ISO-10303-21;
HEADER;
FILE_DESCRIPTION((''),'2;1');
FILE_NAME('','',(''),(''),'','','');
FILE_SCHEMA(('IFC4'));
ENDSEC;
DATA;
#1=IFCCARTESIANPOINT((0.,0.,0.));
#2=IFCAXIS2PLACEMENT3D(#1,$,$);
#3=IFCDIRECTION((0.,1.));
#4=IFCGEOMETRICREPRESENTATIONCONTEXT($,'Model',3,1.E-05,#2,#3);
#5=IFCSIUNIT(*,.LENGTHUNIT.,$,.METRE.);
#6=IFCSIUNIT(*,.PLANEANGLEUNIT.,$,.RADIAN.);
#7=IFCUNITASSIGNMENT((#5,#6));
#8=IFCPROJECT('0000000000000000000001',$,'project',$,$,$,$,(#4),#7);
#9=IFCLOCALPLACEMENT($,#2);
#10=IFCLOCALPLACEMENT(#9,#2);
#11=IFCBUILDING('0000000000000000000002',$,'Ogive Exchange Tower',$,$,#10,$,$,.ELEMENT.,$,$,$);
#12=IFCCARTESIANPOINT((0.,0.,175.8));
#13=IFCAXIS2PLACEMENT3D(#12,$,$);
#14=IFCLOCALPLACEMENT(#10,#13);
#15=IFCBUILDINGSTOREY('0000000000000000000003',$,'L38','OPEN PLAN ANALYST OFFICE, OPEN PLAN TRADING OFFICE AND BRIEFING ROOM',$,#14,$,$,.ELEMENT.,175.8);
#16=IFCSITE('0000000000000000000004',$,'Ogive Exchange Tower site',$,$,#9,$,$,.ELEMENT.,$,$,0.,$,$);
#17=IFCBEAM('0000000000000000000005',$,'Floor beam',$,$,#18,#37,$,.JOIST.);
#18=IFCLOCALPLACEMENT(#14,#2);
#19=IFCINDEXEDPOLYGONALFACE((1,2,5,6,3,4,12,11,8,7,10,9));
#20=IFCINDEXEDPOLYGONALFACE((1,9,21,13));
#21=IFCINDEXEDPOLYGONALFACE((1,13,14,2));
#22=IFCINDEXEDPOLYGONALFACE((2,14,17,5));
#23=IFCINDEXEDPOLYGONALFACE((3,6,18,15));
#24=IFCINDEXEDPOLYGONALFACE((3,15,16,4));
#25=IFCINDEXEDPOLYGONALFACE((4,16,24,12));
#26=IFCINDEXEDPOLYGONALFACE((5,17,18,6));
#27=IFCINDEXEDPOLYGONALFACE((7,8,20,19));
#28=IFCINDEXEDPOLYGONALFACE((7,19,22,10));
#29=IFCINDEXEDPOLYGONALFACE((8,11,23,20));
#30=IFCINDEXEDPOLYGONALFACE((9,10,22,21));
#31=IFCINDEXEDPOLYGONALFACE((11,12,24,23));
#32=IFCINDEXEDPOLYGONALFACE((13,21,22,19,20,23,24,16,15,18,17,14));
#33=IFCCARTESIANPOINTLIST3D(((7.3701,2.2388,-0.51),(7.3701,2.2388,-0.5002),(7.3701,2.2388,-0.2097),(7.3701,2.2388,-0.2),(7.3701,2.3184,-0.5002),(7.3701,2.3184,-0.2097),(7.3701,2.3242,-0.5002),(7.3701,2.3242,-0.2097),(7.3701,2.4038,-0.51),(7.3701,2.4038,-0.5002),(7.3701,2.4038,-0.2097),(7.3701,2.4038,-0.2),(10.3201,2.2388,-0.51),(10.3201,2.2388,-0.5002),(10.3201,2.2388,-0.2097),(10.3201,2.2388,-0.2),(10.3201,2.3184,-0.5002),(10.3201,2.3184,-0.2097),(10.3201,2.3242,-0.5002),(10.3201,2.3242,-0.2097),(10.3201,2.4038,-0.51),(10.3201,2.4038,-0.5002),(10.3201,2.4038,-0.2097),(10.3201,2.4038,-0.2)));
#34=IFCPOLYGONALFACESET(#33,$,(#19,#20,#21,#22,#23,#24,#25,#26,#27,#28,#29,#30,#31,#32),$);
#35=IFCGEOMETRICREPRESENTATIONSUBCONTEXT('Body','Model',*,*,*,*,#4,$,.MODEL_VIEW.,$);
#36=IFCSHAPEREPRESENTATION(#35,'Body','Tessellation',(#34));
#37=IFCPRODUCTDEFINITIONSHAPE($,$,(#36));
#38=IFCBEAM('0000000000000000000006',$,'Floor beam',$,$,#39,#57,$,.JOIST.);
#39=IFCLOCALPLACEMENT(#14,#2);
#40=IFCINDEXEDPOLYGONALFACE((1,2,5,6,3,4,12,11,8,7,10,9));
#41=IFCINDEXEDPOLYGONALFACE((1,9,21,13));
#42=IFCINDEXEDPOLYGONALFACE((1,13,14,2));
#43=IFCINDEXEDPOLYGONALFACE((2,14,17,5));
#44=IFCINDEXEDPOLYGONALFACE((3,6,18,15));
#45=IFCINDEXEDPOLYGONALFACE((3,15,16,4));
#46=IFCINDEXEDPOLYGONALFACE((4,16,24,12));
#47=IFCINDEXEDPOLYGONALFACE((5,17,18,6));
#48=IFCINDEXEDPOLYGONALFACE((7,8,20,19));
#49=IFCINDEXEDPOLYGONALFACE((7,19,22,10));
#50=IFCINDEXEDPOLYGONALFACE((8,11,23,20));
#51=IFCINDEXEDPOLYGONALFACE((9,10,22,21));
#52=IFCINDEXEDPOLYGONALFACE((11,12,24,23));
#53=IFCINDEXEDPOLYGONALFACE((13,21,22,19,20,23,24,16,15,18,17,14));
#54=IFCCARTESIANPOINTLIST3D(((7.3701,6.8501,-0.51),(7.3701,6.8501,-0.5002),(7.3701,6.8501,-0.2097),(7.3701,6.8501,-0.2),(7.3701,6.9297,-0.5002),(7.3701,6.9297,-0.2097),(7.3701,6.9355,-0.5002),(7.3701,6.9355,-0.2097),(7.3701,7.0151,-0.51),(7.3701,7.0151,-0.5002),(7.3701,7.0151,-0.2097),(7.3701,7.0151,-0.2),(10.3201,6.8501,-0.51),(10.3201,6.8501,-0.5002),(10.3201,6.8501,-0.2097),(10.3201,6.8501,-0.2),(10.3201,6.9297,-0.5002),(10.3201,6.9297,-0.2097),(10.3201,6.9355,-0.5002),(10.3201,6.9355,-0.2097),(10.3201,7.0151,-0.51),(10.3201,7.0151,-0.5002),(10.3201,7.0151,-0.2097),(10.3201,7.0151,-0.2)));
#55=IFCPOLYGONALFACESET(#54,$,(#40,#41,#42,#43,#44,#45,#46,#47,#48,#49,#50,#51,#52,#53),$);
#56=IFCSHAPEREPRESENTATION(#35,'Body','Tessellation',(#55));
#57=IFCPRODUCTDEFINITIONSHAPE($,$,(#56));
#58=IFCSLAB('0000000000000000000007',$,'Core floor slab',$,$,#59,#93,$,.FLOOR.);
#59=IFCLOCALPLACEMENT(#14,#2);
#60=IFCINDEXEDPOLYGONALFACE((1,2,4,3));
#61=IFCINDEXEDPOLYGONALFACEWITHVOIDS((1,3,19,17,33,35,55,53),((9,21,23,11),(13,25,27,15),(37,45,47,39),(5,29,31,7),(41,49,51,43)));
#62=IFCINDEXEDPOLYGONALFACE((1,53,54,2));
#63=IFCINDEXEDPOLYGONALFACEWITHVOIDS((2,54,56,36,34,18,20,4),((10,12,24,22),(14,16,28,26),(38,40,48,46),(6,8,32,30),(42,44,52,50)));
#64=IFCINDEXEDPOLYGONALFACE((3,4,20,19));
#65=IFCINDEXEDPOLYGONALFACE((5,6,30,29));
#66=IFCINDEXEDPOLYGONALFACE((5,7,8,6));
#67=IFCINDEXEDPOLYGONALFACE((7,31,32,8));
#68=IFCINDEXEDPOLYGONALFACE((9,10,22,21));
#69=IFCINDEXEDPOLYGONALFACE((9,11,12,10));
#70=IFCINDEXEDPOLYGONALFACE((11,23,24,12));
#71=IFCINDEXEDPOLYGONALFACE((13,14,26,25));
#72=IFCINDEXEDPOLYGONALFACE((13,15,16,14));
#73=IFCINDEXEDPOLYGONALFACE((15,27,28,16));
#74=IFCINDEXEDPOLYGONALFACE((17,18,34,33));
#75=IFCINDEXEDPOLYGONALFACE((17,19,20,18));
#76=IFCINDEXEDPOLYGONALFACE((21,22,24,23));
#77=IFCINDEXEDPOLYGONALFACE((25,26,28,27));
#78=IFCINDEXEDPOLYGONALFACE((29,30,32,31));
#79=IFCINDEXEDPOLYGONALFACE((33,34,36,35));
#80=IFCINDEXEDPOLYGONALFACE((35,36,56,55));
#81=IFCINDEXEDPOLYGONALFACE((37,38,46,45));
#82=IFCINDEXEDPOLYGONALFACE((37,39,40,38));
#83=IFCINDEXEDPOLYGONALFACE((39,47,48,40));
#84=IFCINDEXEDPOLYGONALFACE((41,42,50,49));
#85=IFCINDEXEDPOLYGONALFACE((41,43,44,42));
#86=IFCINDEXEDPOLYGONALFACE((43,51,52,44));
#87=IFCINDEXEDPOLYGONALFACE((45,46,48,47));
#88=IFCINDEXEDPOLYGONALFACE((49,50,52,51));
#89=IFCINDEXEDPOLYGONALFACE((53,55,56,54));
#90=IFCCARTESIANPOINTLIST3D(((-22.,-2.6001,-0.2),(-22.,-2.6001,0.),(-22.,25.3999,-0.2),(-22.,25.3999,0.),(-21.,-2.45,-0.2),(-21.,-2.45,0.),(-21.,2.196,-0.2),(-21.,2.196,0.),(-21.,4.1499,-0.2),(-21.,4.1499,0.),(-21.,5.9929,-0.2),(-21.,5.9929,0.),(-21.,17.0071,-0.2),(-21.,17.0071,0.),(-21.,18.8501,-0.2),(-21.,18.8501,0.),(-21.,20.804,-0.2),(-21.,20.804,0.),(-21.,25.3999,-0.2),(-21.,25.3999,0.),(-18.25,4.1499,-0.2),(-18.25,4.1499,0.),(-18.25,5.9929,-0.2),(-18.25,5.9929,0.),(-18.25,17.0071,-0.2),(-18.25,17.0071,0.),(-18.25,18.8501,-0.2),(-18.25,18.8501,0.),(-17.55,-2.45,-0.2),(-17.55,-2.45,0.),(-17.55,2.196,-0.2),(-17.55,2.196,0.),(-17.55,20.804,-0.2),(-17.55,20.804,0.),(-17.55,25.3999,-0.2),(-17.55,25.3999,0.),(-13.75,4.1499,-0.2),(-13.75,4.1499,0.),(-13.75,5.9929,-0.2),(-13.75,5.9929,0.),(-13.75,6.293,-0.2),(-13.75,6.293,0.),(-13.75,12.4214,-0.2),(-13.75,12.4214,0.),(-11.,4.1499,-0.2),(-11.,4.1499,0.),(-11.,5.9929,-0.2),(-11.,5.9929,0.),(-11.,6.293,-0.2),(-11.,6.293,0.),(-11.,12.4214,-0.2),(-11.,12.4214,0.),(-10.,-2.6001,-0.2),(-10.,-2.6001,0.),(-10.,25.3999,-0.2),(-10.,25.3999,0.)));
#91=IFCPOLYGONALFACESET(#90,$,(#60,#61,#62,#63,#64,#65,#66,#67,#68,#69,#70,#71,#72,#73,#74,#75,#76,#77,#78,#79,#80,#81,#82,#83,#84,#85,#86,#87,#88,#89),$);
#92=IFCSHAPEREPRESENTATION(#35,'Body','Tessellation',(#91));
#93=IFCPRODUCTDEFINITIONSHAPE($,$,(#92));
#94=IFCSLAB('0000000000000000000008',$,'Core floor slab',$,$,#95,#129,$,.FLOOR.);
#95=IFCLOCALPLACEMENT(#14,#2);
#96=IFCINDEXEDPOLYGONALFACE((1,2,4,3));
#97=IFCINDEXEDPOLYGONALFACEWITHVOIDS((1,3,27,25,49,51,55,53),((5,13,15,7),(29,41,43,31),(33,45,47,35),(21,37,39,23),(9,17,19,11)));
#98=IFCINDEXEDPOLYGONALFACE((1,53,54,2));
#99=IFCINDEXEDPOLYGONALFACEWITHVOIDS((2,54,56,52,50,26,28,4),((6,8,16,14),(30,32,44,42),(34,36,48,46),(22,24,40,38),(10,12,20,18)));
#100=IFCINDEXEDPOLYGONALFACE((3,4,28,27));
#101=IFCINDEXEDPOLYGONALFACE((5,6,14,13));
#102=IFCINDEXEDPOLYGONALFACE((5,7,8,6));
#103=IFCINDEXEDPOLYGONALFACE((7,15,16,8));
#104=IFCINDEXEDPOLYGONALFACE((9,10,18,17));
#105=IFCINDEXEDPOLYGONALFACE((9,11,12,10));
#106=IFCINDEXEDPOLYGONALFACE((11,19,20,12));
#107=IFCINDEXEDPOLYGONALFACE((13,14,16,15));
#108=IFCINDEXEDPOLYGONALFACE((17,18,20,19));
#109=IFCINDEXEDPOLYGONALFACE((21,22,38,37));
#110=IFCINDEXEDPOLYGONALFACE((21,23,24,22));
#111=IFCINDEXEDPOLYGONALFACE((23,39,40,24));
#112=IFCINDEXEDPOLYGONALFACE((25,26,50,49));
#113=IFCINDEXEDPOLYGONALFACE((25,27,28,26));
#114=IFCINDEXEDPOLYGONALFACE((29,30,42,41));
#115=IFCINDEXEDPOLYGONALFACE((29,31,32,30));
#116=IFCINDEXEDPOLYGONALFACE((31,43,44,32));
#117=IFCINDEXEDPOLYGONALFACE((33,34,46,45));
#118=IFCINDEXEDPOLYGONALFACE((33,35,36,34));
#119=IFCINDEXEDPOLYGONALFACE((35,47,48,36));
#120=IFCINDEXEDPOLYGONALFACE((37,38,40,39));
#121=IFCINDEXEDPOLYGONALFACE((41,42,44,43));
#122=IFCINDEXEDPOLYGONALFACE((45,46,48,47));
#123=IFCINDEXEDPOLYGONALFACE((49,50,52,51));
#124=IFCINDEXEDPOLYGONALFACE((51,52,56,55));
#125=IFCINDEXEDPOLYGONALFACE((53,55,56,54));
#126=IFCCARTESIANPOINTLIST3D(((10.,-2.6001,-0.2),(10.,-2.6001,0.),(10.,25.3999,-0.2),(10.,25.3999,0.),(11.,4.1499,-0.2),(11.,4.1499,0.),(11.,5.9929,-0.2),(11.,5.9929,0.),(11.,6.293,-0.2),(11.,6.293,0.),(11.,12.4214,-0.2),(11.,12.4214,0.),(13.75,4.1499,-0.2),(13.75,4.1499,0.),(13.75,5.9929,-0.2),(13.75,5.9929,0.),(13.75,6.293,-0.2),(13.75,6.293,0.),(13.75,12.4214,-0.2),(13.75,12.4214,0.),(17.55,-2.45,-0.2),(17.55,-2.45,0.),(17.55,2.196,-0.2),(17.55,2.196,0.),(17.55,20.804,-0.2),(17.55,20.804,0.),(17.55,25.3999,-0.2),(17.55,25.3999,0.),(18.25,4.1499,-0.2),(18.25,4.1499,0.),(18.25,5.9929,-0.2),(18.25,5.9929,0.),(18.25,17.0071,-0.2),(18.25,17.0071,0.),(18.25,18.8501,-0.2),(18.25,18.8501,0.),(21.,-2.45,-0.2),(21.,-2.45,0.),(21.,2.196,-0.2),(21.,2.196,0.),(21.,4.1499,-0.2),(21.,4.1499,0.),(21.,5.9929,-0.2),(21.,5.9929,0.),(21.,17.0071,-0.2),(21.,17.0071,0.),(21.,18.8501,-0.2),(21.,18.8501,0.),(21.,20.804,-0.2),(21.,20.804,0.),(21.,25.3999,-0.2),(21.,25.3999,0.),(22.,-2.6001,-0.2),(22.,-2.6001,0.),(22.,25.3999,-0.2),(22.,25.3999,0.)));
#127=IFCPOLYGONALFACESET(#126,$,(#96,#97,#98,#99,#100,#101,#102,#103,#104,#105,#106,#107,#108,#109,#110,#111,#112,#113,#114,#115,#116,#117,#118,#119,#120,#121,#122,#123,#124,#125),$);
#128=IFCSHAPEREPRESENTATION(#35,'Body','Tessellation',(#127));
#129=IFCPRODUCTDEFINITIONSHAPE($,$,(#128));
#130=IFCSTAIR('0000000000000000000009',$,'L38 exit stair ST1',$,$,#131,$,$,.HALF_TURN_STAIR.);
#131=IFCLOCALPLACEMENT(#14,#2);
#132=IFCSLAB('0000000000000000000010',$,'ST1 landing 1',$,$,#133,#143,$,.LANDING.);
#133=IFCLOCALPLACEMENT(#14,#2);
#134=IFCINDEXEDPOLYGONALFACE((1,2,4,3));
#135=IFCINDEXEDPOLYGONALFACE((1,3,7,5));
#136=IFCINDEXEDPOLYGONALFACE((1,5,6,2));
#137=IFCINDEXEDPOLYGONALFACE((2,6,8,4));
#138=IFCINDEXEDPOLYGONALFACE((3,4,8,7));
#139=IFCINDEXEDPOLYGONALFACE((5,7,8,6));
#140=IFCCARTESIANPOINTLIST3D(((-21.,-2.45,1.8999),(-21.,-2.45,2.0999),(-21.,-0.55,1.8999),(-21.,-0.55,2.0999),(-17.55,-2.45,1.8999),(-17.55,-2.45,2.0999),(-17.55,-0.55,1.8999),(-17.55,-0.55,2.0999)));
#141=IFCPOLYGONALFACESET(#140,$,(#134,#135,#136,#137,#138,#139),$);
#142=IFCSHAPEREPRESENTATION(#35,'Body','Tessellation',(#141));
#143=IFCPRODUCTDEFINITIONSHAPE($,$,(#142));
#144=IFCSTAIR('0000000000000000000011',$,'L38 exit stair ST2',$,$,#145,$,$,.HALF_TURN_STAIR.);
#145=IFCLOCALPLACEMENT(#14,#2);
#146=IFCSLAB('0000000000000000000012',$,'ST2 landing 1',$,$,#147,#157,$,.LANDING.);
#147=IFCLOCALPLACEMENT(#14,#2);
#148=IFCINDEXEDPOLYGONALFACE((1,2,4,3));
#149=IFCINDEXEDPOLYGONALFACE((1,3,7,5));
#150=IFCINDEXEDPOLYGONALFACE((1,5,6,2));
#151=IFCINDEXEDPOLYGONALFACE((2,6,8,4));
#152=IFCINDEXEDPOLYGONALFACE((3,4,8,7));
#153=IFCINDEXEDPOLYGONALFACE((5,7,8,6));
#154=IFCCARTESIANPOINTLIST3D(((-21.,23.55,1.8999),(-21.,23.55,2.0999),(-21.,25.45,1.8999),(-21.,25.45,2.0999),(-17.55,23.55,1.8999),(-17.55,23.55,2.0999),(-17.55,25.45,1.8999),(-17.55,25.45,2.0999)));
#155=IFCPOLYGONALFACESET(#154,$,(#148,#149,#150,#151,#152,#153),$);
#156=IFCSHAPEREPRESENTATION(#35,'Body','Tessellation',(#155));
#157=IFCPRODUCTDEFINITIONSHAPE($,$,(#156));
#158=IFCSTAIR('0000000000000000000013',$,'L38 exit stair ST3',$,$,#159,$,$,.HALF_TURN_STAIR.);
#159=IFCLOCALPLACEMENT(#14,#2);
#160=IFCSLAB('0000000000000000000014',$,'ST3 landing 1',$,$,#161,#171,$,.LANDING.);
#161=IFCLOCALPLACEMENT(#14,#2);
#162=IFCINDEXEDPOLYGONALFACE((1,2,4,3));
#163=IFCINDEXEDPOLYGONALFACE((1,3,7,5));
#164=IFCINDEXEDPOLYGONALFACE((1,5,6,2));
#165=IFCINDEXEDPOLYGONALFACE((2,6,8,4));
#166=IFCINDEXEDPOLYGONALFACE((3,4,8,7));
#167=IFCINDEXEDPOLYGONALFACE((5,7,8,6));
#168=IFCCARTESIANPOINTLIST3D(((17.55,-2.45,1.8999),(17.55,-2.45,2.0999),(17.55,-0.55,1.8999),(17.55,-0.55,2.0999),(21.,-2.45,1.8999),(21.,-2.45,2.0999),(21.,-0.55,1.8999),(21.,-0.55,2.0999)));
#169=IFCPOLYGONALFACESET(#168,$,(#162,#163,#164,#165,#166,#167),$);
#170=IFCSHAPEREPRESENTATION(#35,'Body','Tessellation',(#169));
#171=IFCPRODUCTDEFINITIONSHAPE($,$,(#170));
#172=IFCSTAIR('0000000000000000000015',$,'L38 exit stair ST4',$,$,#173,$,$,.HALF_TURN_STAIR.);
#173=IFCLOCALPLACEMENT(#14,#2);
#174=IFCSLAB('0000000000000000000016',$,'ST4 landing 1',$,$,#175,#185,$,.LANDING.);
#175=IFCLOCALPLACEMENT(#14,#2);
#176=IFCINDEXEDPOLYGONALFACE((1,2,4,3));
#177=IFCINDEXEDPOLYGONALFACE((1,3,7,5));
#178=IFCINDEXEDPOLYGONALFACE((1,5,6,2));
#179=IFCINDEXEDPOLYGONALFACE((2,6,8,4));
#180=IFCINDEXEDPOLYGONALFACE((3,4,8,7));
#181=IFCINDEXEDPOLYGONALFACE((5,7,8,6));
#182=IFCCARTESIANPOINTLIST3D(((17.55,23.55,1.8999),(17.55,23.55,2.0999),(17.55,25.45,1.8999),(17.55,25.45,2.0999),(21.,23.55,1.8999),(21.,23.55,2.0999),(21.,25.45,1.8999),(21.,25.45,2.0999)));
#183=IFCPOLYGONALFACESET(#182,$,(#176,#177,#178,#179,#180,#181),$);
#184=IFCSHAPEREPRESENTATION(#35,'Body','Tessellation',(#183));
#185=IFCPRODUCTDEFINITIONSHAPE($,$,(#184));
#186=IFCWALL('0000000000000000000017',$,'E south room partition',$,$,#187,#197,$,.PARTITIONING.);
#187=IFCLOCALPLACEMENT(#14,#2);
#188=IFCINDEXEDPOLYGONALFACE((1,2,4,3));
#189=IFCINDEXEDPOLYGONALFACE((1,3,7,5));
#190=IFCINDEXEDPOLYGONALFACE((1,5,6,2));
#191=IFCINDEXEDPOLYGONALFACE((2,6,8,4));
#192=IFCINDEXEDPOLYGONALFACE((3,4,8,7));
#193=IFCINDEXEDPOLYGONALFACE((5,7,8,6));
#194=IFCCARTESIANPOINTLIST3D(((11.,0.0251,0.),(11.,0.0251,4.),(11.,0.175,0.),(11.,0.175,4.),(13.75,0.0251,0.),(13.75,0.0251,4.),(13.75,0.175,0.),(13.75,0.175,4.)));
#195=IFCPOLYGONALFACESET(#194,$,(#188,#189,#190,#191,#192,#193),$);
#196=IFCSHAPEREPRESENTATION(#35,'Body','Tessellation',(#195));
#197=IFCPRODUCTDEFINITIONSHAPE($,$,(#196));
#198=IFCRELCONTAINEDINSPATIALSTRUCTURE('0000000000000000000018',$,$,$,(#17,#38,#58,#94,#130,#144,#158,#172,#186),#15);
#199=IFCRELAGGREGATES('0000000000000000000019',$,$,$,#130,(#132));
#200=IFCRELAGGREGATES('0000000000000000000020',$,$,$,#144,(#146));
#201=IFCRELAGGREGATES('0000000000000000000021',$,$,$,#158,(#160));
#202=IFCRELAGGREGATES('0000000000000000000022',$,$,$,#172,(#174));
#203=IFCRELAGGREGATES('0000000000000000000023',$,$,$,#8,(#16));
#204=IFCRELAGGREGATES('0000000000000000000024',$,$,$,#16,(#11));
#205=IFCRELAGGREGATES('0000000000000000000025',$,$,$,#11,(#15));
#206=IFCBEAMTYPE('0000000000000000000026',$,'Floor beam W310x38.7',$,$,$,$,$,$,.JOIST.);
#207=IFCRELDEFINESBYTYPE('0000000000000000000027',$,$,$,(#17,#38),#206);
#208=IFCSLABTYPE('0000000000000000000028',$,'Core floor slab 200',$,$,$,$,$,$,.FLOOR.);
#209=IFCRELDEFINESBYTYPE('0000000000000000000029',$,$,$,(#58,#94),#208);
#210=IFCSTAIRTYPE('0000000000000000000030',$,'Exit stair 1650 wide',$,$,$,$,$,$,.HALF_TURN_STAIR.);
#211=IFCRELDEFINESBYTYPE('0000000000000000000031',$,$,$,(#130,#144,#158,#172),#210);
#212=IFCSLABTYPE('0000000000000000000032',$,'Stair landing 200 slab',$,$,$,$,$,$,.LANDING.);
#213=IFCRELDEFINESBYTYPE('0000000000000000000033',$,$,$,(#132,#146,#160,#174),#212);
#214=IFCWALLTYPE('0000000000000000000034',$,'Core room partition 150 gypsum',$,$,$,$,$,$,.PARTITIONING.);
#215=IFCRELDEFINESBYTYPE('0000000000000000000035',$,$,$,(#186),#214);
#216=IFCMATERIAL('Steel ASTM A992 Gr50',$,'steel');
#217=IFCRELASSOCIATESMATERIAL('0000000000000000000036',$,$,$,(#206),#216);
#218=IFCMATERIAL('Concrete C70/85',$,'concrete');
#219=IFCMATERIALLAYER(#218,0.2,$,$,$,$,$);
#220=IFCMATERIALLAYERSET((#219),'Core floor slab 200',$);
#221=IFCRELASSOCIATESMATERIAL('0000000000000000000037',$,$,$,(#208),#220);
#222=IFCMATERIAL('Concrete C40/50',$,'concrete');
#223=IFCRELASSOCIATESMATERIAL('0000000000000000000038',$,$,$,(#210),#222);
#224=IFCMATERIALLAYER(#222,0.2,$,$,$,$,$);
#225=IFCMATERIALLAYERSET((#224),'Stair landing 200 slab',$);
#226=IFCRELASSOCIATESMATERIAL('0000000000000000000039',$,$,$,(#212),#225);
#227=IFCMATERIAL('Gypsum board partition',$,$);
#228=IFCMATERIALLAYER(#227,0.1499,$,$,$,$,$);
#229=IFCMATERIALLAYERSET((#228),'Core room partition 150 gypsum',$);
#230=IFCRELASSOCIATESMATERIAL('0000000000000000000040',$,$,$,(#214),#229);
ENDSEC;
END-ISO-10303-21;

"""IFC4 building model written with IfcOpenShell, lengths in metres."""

from ifc_helpers import new_model, si_unit, direction, frame, frame_2d, origin, origin_2d, place, context, subcontext, project, spatial, polyline, rectangle, i_section, outline, extrude, material, layer, layer_set, material_profile, profile_set, type_object, element, aggregate, save


model = new_model("IFC4")

# Units and contexts
model_context = context("Model", 3, precision=1e-05, world=origin(), true_north=direction((0.0, 1.0)))
body_context = subcontext(model_context, "Body", "Model", "MODEL_VIEW")
ifc_project = project(units=[si_unit("LENGTHUNIT", "METRE"), si_unit("PLANEANGLEUNIT", "RADIAN")], contexts=[model_context])

# Site, building, storey
site_placement = place(None, origin())
site = spatial("IfcSite", under=ifc_project, at=site_placement, Name="Ogive Exchange Tower site", CompositionType="ELEMENT", RefElevation=0.0)
building_placement = place(site_placement, origin())
building = spatial("IfcBuilding", under=site, at=building_placement, Name="Ogive Exchange Tower", CompositionType="ELEMENT")
storey_placement = place(building_placement, frame((0.0, 0.0, 175.8)))
storey = spatial("IfcBuildingStorey", under=building, at=storey_placement, Name="L38", Description="OPEN PLAN ANALYST OFFICE, OPEN PLAN TRADING OFFICE AND BRIEFING ROOM", CompositionType="ELEMENT", Elevation=175.8)

# Beams
ifc_material_1 = material(Name="Steel ASTM A992 Gr50", Category="steel")
ifc_material_profile = material_profile(ifc_material_1, i_section(OverallWidth=0.165, OverallDepth=0.3101, WebThickness=0.0059, FlangeThickness=0.0098, at=origin_2d()), Name="W310x38.7")
ifc_profile_set = profile_set([ifc_material_profile], Name="Steel ASTM A992 Gr50")
beam_type = type_object("IfcBeamType", Name="Floor beam W310x38.7", PredefinedType="JOIST", material=ifc_profile_set)
for number, where, z_axis, x_axis, name in (
    (1, (7.3701, 2.3213, -0.355), (1.0, 0.0, 0.0), (0.0, 1.0, 0.0), "Floor beam"),
    (2, (7.3701, 6.9326, -0.355), (1.0, 0.0, 0.0), (0.0, 1.0, 0.0), "Floor beam"),
):
    element("IfcBeam", number, at=place(storey_placement, frame(where, z_axis=z_axis, x_axis=x_axis)), inside=storey, type_object=beam_type, Name=name, PredefinedType="JOIST", context=body_context, shape_type="SweptSolid", body=[
        extrude(i_section(OverallWidth=0.165, OverallDepth=0.3101, WebThickness=0.0059, FlangeThickness=0.0098, at=origin_2d()), origin(), (0.0, 0.0, 1.0), 2.95),
    ])

# Slabs
ifc_material_2 = material(Name="Concrete C70/85", Category="concrete")
ifc_layer_1 = layer(ifc_material_2, 0.2)
ifc_layer_set_1 = layer_set([ifc_layer_1], Name="Core floor slab 200")
slab_type_1 = type_object("IfcSlabType", Name="Core floor slab 200", PredefinedType="FLOOR", material=ifc_layer_set_1)
slab_1_placement = place(storey_placement, frame((0.0, 0.0, -0.2)))
element("IfcSlab", 3, at=slab_1_placement, inside=storey, type_object=slab_type_1, Name="Core floor slab", PredefinedType="FLOOR", context=body_context, shape_type="SweptSolid", body=[
    extrude(outline(polyline([(-10.0, 25.3999), (-10.0, -2.6001), (-22.0, -2.6001), (-22.0, 25.3999), (-21.0, 25.3999), (-21.0, 20.804), (-17.55, 20.804), (-17.55, 25.3999), (-10.0, 25.3999)]), holes=[polyline([(-17.55, 2.196), (-21.0, 2.196), (-21.0, -2.45), (-17.55, -2.45), (-17.55, 2.196)]), polyline([(-18.25, 5.9929), (-21.0, 5.9929), (-21.0, 4.1499), (-18.25, 4.1499), (-18.25, 5.9929)]), polyline([(-11.0, 5.9929), (-13.75, 5.9929), (-13.75, 4.1499), (-11.0, 4.1499), (-11.0, 5.9929)]), polyline([(-13.75, 12.4214), (-13.75, 6.293), (-11.0, 6.293), (-11.0, 12.4214), (-13.75, 12.4214)]), polyline([(-18.25, 18.8501), (-21.0, 18.8501), (-21.0, 17.0071), (-18.25, 17.0071), (-18.25, 18.8501)])]), origin(), (0.0, 0.0, 1.0), 0.2),
])
slab_2_placement = place(storey_placement, frame((0.0, 0.0, -0.2)))
element("IfcSlab", 4, at=slab_2_placement, inside=storey, type_object=slab_type_1, Name="Core floor slab", PredefinedType="FLOOR", context=body_context, shape_type="SweptSolid", body=[
    extrude(outline(polyline([(22.0, 25.3999), (22.0, -2.6001), (10.0, -2.6001), (10.0, 25.3999), (17.55, 25.3999), (17.55, 20.804), (21.0, 20.804), (21.0, 25.3999), (22.0, 25.3999)]), holes=[polyline([(21.0, 2.196), (17.55, 2.196), (17.55, -2.45), (21.0, -2.45), (21.0, 2.196)]), polyline([(13.75, 5.9929), (11.0, 5.9929), (11.0, 4.1499), (13.75, 4.1499), (13.75, 5.9929)]), polyline([(21.0, 5.9929), (18.25, 5.9929), (18.25, 4.1499), (21.0, 4.1499), (21.0, 5.9929)]), polyline([(11.0, 12.4214), (11.0, 6.293), (13.75, 6.293), (13.75, 12.4214), (11.0, 12.4214)]), polyline([(21.0, 18.8501), (18.25, 18.8501), (18.25, 17.0071), (21.0, 17.0071), (21.0, 18.8501)])]), origin(), (0.0, 0.0, 1.0), 0.2),
])

# Stairs, slabs
ifc_material_3 = material(Name="Concrete C40/50", Category="concrete")
stair_type = type_object("IfcStairType", Name="Exit stair 1650 wide", PredefinedType="HALF_TURN_STAIR", material=ifc_material_3)
stair_1_placement = place(storey_placement, origin())
stair_1 = element("IfcStair", 5, at=stair_1_placement, inside=storey, type_object=stair_type, Name="L38 exit stair ST1", PredefinedType="HALF_TURN_STAIR")
ifc_layer_2 = layer(ifc_material_3, 0.2)
ifc_layer_set_2 = layer_set([ifc_layer_2], Name="Stair landing 200 slab")
slab_type_2 = type_object("IfcSlabType", Name="Stair landing 200 slab", PredefinedType="LANDING", material=ifc_layer_set_2)
slab_3_placement = place(storey_placement, frame((0.0, 0.0, 1.8999)))
slab_3 = element("IfcSlab", 6, at=slab_3_placement, type_object=slab_type_2, Name="ST1 landing 1", PredefinedType="LANDING", context=body_context, shape_type="SweptSolid", body=[
    extrude(outline(polyline([(-21.0, -0.55), (-21.0, -2.45), (-17.55, -2.45), (-17.55, -0.55), (-21.0, -0.55)])), origin(), (0.0, 0.0, 1.0), 0.2),
])
aggregate(stair_1, [slab_3])
stair_2_placement = place(storey_placement, origin())
stair_2 = element("IfcStair", 7, at=stair_2_placement, inside=storey, type_object=stair_type, Name="L38 exit stair ST2", PredefinedType="HALF_TURN_STAIR")
slab_4_placement = place(storey_placement, frame((0.0, 0.0, 1.8999)))
slab_4 = element("IfcSlab", 8, at=slab_4_placement, type_object=slab_type_2, Name="ST2 landing 1", PredefinedType="LANDING", context=body_context, shape_type="SweptSolid", body=[
    extrude(outline(polyline([(-17.55, 23.55), (-17.55, 25.45), (-21.0, 25.45), (-21.0, 23.55), (-17.55, 23.55)])), origin(), (0.0, 0.0, 1.0), 0.2),
])
aggregate(stair_2, [slab_4])
stair_3_placement = place(storey_placement, origin())
stair_3 = element("IfcStair", 9, at=stair_3_placement, inside=storey, type_object=stair_type, Name="L38 exit stair ST3", PredefinedType="HALF_TURN_STAIR")
slab_5_placement = place(storey_placement, frame((0.0, 0.0, 1.8999)))
slab_5 = element("IfcSlab", 10, at=slab_5_placement, type_object=slab_type_2, Name="ST3 landing 1", PredefinedType="LANDING", context=body_context, shape_type="SweptSolid", body=[
    extrude(outline(polyline([(17.55, -0.55), (17.55, -2.45), (21.0, -2.45), (21.0, -0.55), (17.55, -0.55)])), origin(), (0.0, 0.0, 1.0), 0.2),
])
aggregate(stair_3, [slab_5])
stair_4_placement = place(storey_placement, origin())
stair_4 = element("IfcStair", 11, at=stair_4_placement, inside=storey, type_object=stair_type, Name="L38 exit stair ST4", PredefinedType="HALF_TURN_STAIR")
slab_6_placement = place(storey_placement, frame((0.0, 0.0, 1.8999)))
slab_6 = element("IfcSlab", 12, at=slab_6_placement, type_object=slab_type_2, Name="ST4 landing 1", PredefinedType="LANDING", context=body_context, shape_type="SweptSolid", body=[
    extrude(outline(polyline([(21.0, 23.55), (21.0, 25.45), (17.55, 25.45), (17.55, 23.55), (21.0, 23.55)])), origin(), (0.0, 0.0, 1.0), 0.2),
])
aggregate(stair_4, [slab_6])

# Wall
ifc_material_4 = material(Name="Gypsum board partition")
ifc_layer_3 = layer(ifc_material_4, 0.1499)
ifc_layer_set_3 = layer_set([ifc_layer_3], Name="Core room partition 150 gypsum")
wall_type_1 = type_object("IfcWallType", Name="Core room partition 150 gypsum", PredefinedType="PARTITIONING", material=ifc_layer_set_3)
wall_1_placement = place(storey_placement, frame((11.0, 0.1001, 0.0), z_axis=(0.0, 0.0, 1.0), x_axis=(1.0, 0.0, 0.0)))
element("IfcWall", 13, at=wall_1_placement, inside=storey, type_object=wall_type_1, Name="E south room partition", PredefinedType="PARTITIONING", context=body_context, shape_type="SweptSolid", body=[
    extrude(rectangle(XDim=2.75, YDim=0.1499, at=frame_2d((1.375, 0.0))), origin(), (0.0, 0.0, 1.0), 4.0),
])

save(model, "model.ifc")
